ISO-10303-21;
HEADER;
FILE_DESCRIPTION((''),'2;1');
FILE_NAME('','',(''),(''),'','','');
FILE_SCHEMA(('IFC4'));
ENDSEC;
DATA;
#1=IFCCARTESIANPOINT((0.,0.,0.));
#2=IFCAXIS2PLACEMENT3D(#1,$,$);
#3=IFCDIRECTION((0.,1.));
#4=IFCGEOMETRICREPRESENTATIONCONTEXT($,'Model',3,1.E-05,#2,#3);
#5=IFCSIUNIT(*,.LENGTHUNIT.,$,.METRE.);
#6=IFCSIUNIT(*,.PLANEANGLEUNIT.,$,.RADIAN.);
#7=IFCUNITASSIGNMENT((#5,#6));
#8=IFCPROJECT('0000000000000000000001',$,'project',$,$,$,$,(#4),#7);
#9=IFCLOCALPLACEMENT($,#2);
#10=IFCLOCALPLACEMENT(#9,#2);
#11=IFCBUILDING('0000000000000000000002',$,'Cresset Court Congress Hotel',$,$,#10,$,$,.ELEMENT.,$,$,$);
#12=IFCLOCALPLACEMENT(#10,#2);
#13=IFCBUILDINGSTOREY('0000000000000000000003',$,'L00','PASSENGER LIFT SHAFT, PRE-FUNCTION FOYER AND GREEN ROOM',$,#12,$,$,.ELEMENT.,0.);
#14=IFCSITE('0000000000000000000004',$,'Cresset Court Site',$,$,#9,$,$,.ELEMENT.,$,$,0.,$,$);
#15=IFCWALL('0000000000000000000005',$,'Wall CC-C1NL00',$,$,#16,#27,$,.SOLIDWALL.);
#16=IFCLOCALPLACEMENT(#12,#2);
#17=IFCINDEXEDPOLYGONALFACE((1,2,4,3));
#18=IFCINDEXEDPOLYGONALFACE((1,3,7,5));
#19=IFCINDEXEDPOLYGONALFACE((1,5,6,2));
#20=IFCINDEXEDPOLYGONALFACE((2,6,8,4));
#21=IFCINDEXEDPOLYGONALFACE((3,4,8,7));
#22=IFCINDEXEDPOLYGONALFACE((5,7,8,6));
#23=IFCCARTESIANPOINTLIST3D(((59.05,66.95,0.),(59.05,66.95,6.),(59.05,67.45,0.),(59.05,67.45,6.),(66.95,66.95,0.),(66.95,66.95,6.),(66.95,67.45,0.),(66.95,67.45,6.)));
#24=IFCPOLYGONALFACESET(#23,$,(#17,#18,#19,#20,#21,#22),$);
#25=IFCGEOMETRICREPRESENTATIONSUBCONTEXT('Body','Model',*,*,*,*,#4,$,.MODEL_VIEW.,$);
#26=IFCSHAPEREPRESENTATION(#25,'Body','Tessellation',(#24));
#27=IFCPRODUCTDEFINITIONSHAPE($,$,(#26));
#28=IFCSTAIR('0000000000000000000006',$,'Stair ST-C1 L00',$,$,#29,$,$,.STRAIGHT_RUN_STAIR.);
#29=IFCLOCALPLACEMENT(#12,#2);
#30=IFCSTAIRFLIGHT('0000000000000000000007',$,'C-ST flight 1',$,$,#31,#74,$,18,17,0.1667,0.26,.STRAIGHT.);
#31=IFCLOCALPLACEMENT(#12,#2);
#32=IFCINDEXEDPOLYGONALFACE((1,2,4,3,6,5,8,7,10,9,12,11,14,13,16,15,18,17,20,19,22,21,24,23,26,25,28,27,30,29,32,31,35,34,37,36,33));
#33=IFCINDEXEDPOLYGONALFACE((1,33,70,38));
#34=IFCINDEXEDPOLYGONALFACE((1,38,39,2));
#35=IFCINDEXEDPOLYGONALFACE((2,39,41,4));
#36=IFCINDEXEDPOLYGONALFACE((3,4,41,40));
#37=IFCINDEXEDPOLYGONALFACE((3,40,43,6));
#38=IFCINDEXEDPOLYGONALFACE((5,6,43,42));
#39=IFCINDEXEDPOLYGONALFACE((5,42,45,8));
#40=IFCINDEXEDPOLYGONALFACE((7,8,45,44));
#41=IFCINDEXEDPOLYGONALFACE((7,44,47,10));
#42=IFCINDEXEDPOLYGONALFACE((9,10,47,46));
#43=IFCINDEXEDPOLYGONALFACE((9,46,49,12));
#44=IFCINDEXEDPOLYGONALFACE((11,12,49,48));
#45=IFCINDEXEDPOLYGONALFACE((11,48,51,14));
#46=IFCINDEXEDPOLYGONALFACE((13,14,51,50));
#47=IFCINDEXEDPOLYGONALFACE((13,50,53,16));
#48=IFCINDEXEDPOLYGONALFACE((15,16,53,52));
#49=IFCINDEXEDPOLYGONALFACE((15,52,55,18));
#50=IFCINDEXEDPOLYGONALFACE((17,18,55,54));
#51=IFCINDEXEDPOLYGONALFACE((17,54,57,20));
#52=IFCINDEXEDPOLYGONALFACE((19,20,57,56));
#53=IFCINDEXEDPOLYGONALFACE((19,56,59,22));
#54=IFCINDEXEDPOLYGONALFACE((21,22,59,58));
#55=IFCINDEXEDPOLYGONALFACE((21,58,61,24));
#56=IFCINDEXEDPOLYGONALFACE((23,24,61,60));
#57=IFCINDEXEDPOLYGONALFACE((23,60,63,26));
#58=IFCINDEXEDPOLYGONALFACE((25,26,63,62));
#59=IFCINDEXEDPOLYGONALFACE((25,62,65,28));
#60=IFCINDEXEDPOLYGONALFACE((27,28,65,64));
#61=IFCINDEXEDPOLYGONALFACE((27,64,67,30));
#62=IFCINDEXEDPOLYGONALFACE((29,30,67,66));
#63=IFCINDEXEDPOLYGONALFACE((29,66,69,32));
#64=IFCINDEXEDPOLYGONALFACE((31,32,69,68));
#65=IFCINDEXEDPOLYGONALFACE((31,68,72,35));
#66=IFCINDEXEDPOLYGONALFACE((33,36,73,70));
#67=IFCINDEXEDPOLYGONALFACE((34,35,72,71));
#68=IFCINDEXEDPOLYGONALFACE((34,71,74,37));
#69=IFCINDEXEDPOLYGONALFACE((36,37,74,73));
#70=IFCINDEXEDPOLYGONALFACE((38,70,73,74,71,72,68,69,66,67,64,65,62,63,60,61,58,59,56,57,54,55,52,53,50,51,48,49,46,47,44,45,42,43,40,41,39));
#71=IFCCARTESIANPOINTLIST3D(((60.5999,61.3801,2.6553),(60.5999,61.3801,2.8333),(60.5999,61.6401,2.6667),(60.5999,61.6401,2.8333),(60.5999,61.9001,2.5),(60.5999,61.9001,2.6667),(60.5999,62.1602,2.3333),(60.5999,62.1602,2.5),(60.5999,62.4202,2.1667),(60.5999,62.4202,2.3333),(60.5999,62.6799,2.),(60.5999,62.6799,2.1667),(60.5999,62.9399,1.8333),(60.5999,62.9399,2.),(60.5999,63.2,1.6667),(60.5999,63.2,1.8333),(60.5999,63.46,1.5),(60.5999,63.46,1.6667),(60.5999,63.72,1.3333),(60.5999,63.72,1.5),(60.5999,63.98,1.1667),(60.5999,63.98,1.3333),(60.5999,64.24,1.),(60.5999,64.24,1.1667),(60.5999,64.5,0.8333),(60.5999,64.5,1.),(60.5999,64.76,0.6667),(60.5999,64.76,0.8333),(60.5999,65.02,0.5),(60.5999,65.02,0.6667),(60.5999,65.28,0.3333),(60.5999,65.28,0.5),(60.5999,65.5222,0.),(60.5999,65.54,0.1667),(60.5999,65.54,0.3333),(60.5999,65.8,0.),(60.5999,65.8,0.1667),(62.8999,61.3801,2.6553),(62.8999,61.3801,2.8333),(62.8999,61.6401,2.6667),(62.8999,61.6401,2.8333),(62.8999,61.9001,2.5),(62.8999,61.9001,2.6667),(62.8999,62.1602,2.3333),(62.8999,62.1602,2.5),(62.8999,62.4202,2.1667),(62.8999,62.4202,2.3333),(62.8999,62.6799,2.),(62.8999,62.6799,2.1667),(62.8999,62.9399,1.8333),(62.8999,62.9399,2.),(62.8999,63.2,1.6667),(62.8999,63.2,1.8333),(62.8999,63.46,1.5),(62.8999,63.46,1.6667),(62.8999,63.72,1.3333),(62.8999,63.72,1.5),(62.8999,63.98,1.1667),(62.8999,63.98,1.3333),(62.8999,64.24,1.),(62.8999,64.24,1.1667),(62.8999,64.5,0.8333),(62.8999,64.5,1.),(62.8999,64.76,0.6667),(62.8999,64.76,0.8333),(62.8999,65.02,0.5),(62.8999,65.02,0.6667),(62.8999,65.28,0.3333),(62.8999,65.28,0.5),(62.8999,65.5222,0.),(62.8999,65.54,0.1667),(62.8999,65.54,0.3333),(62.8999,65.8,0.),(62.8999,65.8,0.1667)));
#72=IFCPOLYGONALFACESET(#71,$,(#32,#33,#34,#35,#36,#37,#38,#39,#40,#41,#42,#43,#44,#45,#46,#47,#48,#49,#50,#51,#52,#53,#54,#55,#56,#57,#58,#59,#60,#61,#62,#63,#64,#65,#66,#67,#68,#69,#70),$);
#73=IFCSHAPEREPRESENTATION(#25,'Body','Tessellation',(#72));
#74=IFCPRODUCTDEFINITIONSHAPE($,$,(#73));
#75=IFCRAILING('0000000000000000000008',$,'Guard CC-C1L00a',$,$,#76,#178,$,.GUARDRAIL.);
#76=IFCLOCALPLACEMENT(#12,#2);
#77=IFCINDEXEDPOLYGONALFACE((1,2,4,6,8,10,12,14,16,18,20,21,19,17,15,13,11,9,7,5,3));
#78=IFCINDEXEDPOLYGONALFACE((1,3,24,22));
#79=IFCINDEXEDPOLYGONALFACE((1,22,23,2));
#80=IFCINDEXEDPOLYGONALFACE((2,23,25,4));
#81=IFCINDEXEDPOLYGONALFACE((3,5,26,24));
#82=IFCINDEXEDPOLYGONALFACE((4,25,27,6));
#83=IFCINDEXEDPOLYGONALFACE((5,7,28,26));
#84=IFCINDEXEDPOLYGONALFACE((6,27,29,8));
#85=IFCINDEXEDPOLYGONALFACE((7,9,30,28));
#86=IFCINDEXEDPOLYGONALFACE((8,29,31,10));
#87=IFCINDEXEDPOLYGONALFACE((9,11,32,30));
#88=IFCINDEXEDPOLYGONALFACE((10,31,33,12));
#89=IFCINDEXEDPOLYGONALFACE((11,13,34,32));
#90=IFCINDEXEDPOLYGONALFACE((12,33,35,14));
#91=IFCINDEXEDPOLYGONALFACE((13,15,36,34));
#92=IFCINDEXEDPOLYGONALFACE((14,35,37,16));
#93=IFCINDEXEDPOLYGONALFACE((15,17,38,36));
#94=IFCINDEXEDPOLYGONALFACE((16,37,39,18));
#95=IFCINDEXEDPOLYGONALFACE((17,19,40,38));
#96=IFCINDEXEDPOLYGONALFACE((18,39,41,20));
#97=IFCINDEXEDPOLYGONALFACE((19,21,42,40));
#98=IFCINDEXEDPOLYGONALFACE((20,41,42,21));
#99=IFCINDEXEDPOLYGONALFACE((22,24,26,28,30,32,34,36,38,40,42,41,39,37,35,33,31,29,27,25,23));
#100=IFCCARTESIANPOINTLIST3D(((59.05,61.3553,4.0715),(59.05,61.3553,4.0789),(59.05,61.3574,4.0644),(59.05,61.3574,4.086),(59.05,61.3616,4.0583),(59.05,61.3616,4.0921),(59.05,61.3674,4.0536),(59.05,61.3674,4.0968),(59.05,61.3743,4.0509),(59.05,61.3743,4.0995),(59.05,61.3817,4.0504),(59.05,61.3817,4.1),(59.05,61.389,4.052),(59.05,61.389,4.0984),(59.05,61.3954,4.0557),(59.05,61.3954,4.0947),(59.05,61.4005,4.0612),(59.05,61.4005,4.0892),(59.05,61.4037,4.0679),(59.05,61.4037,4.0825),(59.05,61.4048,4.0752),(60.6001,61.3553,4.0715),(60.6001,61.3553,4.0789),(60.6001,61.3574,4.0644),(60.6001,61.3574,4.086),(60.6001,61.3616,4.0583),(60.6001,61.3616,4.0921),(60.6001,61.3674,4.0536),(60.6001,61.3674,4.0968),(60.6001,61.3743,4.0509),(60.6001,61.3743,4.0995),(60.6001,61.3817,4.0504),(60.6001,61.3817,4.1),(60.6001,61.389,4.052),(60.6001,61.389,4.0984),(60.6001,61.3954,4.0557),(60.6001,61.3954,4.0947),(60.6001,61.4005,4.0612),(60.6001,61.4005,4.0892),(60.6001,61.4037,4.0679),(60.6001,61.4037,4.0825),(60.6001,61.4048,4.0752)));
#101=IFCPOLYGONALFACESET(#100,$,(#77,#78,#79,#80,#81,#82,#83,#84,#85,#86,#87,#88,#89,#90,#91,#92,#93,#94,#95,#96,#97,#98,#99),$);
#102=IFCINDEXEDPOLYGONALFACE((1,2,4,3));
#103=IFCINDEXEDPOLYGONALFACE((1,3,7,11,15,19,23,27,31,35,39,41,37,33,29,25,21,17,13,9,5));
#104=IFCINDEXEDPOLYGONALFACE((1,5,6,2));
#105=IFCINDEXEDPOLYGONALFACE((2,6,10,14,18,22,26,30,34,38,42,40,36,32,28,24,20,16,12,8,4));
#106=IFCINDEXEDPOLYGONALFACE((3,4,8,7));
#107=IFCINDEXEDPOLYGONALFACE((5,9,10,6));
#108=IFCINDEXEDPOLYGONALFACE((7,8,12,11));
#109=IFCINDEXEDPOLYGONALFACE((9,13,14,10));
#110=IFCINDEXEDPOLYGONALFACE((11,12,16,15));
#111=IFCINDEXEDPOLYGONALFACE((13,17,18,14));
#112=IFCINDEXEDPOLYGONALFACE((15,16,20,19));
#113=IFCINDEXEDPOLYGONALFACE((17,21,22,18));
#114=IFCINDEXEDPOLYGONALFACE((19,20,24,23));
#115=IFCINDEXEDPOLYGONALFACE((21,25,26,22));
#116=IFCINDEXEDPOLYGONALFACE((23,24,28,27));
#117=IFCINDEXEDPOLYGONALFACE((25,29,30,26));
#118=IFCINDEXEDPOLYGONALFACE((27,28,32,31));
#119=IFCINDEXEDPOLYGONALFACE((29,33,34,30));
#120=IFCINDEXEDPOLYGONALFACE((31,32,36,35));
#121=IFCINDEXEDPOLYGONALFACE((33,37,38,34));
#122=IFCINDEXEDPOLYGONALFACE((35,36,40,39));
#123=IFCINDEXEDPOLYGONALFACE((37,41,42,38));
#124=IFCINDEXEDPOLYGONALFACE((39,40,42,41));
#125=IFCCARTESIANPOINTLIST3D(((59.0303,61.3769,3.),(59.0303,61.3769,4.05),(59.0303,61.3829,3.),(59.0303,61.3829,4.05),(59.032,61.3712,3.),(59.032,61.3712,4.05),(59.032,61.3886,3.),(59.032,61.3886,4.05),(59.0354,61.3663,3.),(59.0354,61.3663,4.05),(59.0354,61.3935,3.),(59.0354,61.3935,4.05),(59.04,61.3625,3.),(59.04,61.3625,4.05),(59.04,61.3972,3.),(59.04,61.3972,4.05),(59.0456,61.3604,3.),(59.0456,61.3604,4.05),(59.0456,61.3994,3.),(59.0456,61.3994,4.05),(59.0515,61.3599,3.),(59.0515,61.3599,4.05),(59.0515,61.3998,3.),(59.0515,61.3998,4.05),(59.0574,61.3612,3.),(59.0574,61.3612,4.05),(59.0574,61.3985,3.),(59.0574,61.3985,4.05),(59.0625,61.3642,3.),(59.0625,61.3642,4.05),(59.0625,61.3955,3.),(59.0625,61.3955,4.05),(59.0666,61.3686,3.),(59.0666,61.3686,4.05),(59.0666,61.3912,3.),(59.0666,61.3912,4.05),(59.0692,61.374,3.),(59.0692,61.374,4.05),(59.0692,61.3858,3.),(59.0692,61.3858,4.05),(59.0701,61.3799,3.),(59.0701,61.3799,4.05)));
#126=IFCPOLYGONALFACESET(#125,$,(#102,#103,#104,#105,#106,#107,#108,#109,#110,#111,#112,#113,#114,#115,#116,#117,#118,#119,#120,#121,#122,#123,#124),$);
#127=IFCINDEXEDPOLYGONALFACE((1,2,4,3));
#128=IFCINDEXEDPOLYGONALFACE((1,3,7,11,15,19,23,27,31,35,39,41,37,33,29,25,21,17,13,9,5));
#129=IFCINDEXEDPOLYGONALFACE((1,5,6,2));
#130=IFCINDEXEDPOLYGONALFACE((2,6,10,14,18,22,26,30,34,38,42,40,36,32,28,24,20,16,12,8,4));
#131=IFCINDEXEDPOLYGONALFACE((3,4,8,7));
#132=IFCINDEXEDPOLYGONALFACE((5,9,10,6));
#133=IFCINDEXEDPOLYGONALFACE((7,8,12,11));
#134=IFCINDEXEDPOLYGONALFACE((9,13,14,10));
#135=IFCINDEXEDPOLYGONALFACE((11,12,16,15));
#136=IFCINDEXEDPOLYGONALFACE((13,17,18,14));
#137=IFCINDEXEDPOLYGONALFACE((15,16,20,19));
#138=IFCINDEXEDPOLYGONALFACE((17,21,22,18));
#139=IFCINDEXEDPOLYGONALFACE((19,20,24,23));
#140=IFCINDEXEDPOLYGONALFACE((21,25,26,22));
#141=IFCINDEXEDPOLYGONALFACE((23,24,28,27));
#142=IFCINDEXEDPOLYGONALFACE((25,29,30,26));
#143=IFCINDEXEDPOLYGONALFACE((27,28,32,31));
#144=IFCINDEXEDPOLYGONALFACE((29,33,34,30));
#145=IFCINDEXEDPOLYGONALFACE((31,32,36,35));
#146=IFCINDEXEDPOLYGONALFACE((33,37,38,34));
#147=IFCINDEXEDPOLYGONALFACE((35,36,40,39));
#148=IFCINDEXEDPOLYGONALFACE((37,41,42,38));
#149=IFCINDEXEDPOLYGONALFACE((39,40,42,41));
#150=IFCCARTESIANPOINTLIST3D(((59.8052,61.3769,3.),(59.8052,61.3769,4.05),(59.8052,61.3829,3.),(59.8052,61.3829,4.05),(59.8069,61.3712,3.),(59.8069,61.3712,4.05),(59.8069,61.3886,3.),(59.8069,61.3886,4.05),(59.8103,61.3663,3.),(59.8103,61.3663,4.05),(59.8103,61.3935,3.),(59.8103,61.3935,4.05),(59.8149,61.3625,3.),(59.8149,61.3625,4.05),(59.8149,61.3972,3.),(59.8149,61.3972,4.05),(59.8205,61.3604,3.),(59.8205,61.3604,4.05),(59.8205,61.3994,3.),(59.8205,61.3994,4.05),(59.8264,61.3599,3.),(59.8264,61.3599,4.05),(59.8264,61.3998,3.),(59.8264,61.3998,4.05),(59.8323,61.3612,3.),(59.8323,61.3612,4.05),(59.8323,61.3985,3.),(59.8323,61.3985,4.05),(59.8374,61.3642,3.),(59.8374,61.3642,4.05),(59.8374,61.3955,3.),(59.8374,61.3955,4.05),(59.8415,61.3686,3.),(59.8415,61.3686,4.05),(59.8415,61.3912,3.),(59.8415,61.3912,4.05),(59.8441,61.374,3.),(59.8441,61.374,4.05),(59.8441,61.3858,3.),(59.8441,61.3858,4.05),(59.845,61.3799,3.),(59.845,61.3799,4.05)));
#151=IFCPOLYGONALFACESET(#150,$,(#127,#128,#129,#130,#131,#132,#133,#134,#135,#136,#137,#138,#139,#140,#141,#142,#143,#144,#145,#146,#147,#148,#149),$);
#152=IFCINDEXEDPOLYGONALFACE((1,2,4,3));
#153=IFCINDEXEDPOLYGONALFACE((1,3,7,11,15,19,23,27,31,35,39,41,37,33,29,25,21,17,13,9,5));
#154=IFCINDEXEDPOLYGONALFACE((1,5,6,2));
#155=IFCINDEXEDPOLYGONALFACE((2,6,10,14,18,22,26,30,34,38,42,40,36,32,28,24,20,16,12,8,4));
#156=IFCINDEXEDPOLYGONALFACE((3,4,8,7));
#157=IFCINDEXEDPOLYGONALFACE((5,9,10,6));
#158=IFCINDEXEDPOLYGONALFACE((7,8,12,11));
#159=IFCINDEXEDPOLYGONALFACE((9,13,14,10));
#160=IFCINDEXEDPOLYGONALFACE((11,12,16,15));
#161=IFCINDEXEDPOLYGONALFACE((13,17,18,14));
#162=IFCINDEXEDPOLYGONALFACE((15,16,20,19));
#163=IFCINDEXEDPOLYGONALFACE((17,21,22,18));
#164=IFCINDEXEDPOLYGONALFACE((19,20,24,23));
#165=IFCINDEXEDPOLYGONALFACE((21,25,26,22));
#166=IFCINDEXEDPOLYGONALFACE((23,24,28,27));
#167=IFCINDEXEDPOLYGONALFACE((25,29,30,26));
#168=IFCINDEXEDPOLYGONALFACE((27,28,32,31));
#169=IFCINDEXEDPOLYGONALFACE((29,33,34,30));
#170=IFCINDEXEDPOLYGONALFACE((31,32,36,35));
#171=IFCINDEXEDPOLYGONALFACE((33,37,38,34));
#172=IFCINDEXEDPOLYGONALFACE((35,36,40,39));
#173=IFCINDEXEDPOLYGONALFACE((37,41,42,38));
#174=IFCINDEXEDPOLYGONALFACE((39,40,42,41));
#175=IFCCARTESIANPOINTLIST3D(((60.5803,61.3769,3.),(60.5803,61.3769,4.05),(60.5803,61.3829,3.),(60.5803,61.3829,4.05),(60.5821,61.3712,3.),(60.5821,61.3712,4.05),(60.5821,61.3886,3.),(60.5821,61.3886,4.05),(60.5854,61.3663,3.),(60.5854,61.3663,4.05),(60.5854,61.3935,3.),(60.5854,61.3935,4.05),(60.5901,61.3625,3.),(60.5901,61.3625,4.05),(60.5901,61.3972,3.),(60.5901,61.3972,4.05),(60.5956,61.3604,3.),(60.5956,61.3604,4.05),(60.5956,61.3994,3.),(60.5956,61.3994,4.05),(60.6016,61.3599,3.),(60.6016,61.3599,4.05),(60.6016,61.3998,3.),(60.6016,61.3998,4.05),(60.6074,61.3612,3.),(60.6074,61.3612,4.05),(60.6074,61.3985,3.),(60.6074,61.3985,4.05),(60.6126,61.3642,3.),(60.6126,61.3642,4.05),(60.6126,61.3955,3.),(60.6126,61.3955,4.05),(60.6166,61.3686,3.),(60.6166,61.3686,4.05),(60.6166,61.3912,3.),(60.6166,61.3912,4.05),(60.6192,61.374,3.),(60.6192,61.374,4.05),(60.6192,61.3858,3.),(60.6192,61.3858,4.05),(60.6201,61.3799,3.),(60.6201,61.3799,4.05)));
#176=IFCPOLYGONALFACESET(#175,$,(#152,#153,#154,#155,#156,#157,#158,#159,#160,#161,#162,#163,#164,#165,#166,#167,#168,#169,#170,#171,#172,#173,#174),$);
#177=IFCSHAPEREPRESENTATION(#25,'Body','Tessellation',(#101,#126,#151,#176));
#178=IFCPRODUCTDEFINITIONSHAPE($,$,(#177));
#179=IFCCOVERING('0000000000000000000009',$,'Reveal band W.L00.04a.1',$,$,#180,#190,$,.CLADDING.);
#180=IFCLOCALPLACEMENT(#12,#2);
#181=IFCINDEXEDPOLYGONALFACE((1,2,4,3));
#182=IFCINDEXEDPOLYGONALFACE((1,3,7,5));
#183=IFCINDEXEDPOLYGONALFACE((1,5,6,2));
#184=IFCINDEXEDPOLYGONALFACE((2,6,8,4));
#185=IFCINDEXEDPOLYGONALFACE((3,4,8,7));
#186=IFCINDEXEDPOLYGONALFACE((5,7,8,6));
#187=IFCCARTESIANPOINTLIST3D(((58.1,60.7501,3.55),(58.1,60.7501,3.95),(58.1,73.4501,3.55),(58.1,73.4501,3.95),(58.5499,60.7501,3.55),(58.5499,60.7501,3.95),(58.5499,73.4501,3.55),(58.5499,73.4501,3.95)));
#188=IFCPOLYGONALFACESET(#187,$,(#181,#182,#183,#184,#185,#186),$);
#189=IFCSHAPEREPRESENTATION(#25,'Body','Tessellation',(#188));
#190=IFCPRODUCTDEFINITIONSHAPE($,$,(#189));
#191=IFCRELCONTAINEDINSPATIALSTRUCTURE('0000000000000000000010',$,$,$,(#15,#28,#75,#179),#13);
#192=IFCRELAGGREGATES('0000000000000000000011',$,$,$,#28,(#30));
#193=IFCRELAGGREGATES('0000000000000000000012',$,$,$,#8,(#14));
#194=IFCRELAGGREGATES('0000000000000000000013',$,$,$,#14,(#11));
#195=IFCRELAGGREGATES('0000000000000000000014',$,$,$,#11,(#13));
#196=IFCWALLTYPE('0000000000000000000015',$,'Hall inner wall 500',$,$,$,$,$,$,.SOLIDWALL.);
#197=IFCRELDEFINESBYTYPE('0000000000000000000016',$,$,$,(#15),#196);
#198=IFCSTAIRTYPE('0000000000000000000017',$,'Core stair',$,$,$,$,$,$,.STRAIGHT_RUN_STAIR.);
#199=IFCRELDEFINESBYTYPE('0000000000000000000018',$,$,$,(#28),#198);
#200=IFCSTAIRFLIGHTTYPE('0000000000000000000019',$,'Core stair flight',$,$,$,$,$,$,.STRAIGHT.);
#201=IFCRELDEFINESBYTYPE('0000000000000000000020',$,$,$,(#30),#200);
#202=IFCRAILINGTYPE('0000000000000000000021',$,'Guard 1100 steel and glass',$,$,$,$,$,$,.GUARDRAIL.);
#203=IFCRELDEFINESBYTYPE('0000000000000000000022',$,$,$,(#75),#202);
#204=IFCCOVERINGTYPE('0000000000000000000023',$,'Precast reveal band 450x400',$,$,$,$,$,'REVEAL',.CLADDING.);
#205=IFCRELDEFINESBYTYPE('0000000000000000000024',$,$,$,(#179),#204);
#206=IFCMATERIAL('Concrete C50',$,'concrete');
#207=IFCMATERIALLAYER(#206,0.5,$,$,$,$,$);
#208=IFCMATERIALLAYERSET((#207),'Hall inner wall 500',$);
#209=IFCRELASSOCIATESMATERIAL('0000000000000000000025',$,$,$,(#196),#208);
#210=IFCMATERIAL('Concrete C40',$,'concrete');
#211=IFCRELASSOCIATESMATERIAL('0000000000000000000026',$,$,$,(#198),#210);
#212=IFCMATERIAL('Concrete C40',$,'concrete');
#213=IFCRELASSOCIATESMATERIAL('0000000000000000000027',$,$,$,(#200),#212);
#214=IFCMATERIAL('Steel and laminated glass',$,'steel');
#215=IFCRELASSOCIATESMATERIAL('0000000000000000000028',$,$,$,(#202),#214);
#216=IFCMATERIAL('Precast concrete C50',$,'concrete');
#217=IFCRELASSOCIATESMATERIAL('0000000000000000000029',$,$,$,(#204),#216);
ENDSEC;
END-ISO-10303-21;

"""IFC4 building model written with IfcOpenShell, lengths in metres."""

from ifc_helpers import new_model, si_unit, direction, frame, frame_2d, origin, origin_2d, place, context, subcontext, project, spatial, polyline, rectangle, circle, outline, extrude, material, layer, layer_set, type_object, element, aggregate, save


model = new_model("IFC4")

# Units and contexts
model_context = context("Model", 3, precision=1e-05, world=origin(), true_north=direction((0.0, 1.0)))
body_context = subcontext(model_context, "Body", "Model", "MODEL_VIEW")
ifc_project = project(units=[si_unit("LENGTHUNIT", "METRE"), si_unit("PLANEANGLEUNIT", "RADIAN")], contexts=[model_context])

# Site, building, storey
site_placement = place(None, origin())
site = spatial("IfcSite", under=ifc_project, at=site_placement, Name="Cresset Court Site", CompositionType="ELEMENT", RefElevation=0.0)
building_placement = place(site_placement, origin())
building = spatial("IfcBuilding", under=site, at=building_placement, Name="Cresset Court Congress Hotel", CompositionType="ELEMENT")
storey_placement = place(building_placement, origin())
storey = spatial("IfcBuildingStorey", under=building, at=storey_placement, Name="L00", Description="PASSENGER LIFT SHAFT, PRE-FUNCTION FOYER AND GREEN ROOM", CompositionType="ELEMENT", Elevation=0.0)

# Shared definitions
ifc_material_1 = material(Name="Concrete C50", Category="concrete")
ifc_layer = layer(ifc_material_1, 0.5)
ifc_layer_set = layer_set([ifc_layer], Name="Hall inner wall 500")
wall_type = type_object("IfcWallType", Name="Hall inner wall 500", PredefinedType="SOLIDWALL", material=ifc_layer_set)

# Wall
wall_1_placement = place(storey_placement, frame((59.05, 67.2, 0.0), z_axis=(0.0, 0.0, 1.0), x_axis=(1.0, 0.0, 0.0)))
element("IfcWall", 1, at=wall_1_placement, inside=storey, type_object=wall_type, Name="Wall CC-C1NL00", PredefinedType="SOLIDWALL", context=body_context, shape_type="SweptSolid", body=[
    extrude(rectangle(XDim=7.8999, YDim=0.5, at=frame_2d((3.95, 0.0))), origin(), (0.0, 0.0, 1.0), 6.0),
])

# Stair, stair flight
ifc_material_2 = material(Name="Concrete C40", Category="concrete")
stair_type = type_object("IfcStairType", Name="Core stair", PredefinedType="STRAIGHT_RUN_STAIR", material=ifc_material_2)
stair_placement = place(storey_placement, origin())
stair = element("IfcStair", 2, at=stair_placement, inside=storey, type_object=stair_type, Name="Stair ST-C1 L00", PredefinedType="STRAIGHT_RUN_STAIR")
ifc_material_3 = material(Name="Concrete C40", Category="concrete")
stair_flight_type = type_object("IfcStairFlightType", Name="Core stair flight", PredefinedType="STRAIGHT", material=ifc_material_3)
stair_flight_placement = place(storey_placement, frame((61.75, 65.8, 0.0), z_axis=(0.0, 0.0, 1.0), x_axis=(0.0, -1.0, 0.0)))
stair_flight = element("IfcStairFlight", 3, at=stair_flight_placement, type_object=stair_flight_type, Name="C-ST flight 1", NumberOfRisers=18, NumberOfTreads=17, PredefinedType="STRAIGHT", RiserHeight=0.1667, TreadLength=0.26, context=body_context, shape_type="SweptSolid", body=[
    extrude(outline(polyline([(0.0, 0.0), (0.0, 0.1667), (0.26, 0.1667), (0.26, 0.3333), (0.52, 0.3333), (0.52, 0.5), (0.78, 0.5), (0.78, 0.6667), (1.04, 0.6667), (1.04, 0.8333), (1.3, 0.8333), (1.3, 1.0), (1.5601, 1.0), (1.5601, 1.1667), (1.8201, 1.1667), (1.8201, 1.3333), (2.0801, 1.3333), (2.0801, 1.5), (2.3401, 1.5), (2.3401, 1.6667), (2.6001, 1.6667), (2.6001, 1.8333), (2.8601, 1.8333), (2.8601, 2.0), (3.1201, 2.0), (3.1201, 2.1667), (3.3799, 2.1667), (3.3799, 2.3333), (3.6399, 2.3333), (3.6399, 2.5), (3.8999, 2.5), (3.8999, 2.6667), (4.1599, 2.6667), (4.1599, 2.8333), (4.4199, 2.8333), (4.4199, 3.0), (4.4199, 2.6553), (0.2778, 0.0), (0.0, 0.0)])), frame((0.0, 1.1499, 0.0), z_axis=(0.0, -1.0, 0.0), x_axis=(1.0, 0.0, 0.0)), (0.0, 0.0, 1.0), 2.3),
])
aggregate(stair, [stair_flight])

# Railing
ifc_material_4 = material(Name="Steel and laminated glass", Category="steel")
railing_type_1 = type_object("IfcRailingType", Name="Guard 1100 steel and glass", PredefinedType="GUARDRAIL", material=ifc_material_4)
railing_1_placement = place(storey_placement, frame((59.05, 61.3799, 3.0)))
element("IfcRailing", 4, at=railing_1_placement, inside=storey, type_object=railing_type_1, Name="Guard CC-C1L00a", PredefinedType="GUARDRAIL", context=body_context, shape_type="SweptSolid", body=[
    extrude(circle(Radius=0.0249, at=origin_2d()), frame((0.0, 0.0, 1.0752), z_axis=(1.0, 0.0, 0.0), x_axis=(0.0, 1.0, 0.0)), (0.0, 0.0, 1.0), 1.55),
    extrude(circle(Radius=0.02, at=origin_2d()), origin(), (0.0, 0.0, 1.0), 1.05),
    extrude(circle(Radius=0.02, at=origin_2d()), frame((0.7749, 0.0, 0.0)), (0.0, 0.0, 1.0), 1.05),
    extrude(circle(Radius=0.02, at=origin_2d()), frame((1.55, 0.0, 0.0)), (0.0, 0.0, 1.0), 1.05),
])

# Covering
ifc_material_5 = material(Name="Precast concrete C50", Category="concrete")
covering_type_1 = type_object("IfcCoveringType", Name="Precast reveal band 450x400", ElementType="REVEAL", PredefinedType="CLADDING", material=ifc_material_5)
covering_1_placement = place(storey_placement, frame((58.325, 67.1001, 3.55), z_axis=(0.0, 0.0, 1.0), x_axis=(0.0, 1.0, 0.0)))
element("IfcCovering", 5, at=covering_1_placement, inside=storey, type_object=covering_type_1, Name="Reveal band W.L00.04a.1", PredefinedType="CLADDING", context=body_context, shape_type="SweptSolid", body=[
    extrude(rectangle(XDim=12.7, YDim=0.45, at=origin_2d()), origin(), (0.0, 0.0, 1.0), 0.3999),
])

save(model, "model.ifc")
